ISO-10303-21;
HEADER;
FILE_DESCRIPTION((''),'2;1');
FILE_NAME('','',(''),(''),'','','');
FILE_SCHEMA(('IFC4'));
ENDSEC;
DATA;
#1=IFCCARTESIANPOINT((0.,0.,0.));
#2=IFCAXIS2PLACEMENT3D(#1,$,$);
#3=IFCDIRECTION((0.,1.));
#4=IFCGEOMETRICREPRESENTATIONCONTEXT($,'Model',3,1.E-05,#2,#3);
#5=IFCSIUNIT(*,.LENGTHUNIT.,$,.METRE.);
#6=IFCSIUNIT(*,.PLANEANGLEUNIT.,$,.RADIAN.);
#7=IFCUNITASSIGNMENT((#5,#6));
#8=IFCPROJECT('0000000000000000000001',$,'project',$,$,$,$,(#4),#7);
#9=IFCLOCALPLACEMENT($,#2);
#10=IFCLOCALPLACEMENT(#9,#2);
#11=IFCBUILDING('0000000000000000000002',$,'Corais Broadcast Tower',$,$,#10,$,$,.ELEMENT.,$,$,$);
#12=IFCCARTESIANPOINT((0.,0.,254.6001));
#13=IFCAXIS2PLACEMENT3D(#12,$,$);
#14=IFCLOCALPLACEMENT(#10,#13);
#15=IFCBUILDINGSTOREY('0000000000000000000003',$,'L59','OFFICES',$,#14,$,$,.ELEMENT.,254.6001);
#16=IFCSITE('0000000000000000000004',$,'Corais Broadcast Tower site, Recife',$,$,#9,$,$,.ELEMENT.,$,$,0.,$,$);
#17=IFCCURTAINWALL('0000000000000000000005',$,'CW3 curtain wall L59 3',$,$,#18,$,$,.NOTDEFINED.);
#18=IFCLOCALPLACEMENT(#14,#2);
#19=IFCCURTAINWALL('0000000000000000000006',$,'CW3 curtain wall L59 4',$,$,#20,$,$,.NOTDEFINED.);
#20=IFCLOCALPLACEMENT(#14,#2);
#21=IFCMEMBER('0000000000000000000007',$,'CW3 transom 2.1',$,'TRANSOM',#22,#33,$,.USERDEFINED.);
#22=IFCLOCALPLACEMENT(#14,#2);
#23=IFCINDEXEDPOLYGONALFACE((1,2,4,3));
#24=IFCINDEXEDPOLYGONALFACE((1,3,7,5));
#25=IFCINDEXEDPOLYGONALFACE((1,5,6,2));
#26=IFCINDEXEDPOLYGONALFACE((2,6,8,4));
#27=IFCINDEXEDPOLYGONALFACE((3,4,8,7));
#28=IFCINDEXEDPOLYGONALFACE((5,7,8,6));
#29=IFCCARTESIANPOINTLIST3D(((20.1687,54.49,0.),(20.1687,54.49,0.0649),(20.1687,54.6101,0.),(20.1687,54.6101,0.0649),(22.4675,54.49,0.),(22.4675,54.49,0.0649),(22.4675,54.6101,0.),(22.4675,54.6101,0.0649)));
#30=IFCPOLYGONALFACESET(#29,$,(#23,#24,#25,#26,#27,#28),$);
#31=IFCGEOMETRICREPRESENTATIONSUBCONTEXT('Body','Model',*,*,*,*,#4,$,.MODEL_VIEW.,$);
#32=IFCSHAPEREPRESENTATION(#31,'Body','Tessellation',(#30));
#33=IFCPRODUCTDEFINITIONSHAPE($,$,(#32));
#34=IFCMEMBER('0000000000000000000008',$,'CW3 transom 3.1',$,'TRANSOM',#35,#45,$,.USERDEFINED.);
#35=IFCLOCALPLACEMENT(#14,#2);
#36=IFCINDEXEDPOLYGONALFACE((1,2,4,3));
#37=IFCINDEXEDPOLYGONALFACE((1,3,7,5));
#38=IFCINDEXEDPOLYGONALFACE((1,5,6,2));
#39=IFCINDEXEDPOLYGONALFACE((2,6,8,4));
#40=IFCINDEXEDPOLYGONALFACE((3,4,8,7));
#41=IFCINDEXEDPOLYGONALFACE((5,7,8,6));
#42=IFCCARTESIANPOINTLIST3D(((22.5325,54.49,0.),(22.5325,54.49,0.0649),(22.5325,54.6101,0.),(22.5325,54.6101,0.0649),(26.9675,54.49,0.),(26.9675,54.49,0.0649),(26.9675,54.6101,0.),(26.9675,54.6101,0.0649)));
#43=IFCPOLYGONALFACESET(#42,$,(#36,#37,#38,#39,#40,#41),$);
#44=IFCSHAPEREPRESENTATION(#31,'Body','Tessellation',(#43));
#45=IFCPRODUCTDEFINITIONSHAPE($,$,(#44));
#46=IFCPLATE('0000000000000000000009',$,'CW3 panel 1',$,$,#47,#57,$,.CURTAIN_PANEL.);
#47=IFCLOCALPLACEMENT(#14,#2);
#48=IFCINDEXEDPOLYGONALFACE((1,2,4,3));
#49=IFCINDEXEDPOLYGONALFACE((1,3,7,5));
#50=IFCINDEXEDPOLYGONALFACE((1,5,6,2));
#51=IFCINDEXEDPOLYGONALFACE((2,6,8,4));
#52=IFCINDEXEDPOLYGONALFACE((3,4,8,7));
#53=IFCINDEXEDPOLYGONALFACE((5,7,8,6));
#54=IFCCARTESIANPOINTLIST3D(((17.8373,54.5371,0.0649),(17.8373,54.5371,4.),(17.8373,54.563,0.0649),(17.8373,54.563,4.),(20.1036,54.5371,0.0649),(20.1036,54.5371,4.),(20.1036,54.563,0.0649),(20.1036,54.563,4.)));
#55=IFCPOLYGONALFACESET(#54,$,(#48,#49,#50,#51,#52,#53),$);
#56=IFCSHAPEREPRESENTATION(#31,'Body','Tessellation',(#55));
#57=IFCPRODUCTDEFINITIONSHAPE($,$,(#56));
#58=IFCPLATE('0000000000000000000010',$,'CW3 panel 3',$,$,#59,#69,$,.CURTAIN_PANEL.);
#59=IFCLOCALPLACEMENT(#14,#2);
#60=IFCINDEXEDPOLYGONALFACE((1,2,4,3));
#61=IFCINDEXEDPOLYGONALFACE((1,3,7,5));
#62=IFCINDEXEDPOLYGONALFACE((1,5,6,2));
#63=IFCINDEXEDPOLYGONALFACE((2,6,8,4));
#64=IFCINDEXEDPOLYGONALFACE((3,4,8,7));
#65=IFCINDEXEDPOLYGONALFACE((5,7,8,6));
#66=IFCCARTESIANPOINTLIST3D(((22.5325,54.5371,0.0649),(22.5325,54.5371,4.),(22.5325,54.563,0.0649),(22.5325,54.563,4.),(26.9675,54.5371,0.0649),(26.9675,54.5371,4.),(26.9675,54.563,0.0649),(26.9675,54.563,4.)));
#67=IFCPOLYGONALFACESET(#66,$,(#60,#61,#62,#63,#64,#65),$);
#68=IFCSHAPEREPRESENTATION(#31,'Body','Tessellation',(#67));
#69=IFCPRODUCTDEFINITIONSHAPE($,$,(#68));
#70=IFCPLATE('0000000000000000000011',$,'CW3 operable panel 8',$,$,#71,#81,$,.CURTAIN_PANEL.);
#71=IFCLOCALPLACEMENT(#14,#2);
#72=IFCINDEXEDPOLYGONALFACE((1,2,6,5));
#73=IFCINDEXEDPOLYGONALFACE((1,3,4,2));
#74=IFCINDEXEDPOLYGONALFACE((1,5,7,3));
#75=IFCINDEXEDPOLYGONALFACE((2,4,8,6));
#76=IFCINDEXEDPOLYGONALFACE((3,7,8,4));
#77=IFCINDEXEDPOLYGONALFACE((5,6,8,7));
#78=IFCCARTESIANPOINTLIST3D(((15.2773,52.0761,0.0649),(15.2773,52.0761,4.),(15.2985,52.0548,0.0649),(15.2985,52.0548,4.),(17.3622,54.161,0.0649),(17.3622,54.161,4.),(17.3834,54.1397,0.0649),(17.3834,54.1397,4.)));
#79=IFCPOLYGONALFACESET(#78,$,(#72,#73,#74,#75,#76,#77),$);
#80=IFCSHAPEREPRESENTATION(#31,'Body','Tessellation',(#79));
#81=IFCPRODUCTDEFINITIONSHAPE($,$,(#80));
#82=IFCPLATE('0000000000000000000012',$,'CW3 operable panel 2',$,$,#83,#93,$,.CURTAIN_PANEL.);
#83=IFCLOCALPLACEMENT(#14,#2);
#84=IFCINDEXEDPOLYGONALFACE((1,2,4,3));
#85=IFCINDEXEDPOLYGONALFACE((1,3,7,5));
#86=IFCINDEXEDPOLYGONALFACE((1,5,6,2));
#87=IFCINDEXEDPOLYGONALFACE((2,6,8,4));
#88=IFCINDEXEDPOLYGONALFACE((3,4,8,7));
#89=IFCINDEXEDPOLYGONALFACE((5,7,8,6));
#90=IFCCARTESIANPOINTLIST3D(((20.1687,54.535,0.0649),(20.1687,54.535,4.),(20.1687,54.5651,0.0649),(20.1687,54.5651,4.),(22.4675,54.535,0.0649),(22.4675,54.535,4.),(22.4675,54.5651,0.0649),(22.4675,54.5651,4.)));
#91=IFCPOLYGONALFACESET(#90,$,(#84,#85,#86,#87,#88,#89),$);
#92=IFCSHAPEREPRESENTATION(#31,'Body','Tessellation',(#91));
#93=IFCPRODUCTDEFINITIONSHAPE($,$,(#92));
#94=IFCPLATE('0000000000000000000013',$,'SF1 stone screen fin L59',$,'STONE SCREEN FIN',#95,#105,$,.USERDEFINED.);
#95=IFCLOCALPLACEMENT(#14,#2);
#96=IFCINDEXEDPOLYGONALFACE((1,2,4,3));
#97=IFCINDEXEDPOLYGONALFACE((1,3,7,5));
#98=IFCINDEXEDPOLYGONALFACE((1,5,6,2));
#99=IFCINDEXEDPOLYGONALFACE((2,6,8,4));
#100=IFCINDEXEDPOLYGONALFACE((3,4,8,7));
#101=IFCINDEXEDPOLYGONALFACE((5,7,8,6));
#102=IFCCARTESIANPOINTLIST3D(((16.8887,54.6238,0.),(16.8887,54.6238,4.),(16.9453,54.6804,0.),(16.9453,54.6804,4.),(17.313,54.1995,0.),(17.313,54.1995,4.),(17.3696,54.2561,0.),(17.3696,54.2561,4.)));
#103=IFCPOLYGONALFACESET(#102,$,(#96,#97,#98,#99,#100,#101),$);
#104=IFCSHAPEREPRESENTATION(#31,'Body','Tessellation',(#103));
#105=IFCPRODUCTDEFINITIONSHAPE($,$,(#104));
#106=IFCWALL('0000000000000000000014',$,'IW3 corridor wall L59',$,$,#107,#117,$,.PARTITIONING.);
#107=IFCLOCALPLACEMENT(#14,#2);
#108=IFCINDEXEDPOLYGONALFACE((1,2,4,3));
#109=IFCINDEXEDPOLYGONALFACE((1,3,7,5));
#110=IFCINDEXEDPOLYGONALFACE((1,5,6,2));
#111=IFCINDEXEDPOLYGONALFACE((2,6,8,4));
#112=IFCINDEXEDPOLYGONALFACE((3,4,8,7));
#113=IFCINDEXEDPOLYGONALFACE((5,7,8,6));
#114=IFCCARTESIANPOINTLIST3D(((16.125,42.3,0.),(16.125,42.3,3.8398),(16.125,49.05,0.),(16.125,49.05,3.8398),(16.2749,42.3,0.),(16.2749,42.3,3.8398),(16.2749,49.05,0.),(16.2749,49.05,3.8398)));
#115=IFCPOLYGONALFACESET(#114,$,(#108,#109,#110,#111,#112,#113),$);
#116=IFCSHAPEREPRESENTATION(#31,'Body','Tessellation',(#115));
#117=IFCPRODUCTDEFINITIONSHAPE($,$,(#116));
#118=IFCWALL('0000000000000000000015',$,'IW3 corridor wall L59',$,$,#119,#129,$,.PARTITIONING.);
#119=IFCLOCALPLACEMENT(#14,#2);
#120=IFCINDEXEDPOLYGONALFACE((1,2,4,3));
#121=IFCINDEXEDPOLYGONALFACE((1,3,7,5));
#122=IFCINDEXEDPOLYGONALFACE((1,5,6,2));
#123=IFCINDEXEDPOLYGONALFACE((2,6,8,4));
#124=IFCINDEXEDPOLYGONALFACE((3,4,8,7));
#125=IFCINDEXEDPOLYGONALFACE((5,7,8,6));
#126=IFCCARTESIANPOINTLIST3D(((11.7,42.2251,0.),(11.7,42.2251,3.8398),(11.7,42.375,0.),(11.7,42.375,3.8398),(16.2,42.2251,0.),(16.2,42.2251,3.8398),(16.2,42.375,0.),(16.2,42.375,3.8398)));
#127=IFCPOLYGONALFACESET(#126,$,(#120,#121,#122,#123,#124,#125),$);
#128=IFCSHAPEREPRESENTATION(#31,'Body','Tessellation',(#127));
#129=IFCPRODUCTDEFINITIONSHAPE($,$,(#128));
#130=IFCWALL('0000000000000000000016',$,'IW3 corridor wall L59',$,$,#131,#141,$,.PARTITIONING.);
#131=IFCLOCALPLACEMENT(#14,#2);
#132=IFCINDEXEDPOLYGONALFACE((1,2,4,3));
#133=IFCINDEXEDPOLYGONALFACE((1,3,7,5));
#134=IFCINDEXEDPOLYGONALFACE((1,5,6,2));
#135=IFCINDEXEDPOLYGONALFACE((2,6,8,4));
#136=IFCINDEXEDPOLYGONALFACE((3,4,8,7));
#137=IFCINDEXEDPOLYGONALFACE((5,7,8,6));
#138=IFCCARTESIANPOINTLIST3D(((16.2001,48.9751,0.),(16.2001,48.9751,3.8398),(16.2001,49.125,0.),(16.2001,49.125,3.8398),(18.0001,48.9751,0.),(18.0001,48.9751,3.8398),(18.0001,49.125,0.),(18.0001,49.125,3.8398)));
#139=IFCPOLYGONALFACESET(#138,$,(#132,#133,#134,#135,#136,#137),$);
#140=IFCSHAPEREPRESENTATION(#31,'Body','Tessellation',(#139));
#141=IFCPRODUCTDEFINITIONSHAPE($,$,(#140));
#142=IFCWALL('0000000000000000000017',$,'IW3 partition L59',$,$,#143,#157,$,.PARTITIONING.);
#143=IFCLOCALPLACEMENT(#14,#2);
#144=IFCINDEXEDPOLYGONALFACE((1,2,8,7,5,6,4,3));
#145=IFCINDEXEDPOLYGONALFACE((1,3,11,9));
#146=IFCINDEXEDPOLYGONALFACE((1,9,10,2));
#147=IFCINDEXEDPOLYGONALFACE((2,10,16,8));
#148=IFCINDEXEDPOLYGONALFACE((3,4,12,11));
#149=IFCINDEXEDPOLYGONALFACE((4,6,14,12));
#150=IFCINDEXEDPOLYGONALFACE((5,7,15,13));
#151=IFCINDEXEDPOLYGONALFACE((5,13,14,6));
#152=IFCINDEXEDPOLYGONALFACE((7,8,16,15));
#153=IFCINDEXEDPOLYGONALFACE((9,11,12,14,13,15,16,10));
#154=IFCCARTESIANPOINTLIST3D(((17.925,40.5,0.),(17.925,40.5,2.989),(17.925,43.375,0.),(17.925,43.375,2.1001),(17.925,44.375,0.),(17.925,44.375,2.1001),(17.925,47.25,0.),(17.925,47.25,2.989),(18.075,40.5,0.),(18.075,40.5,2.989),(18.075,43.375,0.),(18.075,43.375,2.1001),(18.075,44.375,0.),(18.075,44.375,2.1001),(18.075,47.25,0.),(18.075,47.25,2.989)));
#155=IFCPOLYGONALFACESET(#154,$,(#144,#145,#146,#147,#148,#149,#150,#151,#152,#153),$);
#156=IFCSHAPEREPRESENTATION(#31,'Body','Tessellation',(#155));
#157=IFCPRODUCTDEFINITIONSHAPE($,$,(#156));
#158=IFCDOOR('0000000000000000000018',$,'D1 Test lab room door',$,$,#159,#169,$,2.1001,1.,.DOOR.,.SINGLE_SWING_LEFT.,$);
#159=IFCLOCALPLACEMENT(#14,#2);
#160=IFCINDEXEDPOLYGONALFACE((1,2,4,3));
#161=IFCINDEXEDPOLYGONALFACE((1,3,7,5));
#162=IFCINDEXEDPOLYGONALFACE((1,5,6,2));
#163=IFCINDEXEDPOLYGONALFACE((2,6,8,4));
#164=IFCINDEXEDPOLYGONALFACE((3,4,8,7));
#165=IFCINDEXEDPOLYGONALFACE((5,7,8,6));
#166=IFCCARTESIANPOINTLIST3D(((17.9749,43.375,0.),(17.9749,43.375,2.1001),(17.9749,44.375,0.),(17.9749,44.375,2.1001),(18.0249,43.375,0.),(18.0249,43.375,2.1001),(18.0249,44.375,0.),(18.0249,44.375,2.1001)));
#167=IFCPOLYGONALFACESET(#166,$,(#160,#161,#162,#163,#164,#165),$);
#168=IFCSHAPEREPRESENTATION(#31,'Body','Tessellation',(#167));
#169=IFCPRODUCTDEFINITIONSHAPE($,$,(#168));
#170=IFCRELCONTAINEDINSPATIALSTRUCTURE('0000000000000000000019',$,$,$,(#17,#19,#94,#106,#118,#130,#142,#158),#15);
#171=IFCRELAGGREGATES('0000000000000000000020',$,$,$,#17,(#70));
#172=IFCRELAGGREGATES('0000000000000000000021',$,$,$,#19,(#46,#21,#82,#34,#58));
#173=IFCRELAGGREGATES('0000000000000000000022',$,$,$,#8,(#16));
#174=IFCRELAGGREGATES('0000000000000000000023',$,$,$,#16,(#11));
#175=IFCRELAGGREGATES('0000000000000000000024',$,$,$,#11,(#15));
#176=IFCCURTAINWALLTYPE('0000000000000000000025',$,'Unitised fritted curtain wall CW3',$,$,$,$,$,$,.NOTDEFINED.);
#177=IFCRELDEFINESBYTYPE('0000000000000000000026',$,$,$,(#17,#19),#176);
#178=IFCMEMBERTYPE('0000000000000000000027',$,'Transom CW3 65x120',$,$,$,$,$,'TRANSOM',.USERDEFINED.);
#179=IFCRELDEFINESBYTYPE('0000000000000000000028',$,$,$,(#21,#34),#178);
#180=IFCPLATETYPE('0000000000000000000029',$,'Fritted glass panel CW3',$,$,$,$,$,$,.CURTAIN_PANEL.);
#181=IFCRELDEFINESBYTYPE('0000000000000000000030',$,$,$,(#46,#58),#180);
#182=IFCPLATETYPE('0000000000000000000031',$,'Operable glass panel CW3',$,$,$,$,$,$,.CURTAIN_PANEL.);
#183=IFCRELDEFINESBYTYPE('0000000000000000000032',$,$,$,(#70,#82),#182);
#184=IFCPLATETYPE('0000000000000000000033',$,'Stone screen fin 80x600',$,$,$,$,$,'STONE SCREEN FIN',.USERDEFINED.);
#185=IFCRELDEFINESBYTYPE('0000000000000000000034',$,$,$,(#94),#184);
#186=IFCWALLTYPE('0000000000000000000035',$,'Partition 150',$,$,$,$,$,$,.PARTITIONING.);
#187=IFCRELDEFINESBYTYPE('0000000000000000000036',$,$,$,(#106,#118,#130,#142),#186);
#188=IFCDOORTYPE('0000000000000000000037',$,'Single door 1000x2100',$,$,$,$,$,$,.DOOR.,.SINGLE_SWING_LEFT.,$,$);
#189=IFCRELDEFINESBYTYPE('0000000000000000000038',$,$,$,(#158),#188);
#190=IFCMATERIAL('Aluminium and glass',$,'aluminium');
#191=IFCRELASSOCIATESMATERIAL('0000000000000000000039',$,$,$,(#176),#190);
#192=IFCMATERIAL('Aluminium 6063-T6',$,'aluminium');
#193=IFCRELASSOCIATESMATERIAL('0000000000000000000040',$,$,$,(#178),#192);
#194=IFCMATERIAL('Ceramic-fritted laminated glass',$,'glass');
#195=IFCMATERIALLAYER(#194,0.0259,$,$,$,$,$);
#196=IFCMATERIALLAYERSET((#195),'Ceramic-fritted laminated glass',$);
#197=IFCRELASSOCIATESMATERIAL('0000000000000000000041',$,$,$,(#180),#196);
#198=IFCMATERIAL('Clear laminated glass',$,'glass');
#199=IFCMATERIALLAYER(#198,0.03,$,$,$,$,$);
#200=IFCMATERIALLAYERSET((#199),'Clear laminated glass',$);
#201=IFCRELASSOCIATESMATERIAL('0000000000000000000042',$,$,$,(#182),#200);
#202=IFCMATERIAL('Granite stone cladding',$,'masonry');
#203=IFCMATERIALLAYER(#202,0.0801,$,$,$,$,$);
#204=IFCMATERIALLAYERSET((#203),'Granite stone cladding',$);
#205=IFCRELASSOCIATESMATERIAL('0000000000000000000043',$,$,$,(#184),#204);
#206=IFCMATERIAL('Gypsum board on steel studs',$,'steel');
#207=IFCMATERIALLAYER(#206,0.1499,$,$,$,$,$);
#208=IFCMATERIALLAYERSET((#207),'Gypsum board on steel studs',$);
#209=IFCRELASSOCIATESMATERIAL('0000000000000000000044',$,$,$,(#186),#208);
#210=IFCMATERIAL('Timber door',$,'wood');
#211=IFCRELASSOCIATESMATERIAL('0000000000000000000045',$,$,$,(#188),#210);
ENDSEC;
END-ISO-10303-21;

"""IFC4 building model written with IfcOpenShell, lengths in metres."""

from ifc_helpers import new_model, si_unit, direction, frame, frame_2d, origin, origin_2d, place, context, subcontext, project, spatial, rectangle, extrude, material, layer, layer_set, material_profile, profile_set, type_object, element, fill, aggregate, save


model = new_model("IFC4")

# Units and contexts
model_context = context("Model", 3, precision=1e-05, world=origin(), true_north=direction((0.0, 1.0)))
body_context = subcontext(model_context, "Body", "Model", "MODEL_VIEW")
ifc_project = project(units=[si_unit("LENGTHUNIT", "METRE"), si_unit("PLANEANGLEUNIT", "RADIAN")], contexts=[model_context])

# Site, building, storey
site_placement = place(None, origin())
site = spatial("IfcSite", under=ifc_project, at=site_placement, Name="Corais Broadcast Tower site, Recife", CompositionType="ELEMENT", RefElevation=0.0)
building_placement = place(site_placement, origin())
building = spatial("IfcBuilding", under=site, at=building_placement, Name="Corais Broadcast Tower", CompositionType="ELEMENT")
storey_placement = place(building_placement, frame((0.0, 0.0, 254.6001)))
storey = spatial("IfcBuildingStorey", under=building, at=storey_placement, Name="L59", Description="OFFICES", CompositionType="ELEMENT", Elevation=254.6001)

# Curtain wall
ifc_material_1 = material(Name="Aluminium and glass", Category="aluminium")
curtain_wall_type = type_object("IfcCurtainWallType", Name="Unitised fritted curtain wall CW3", PredefinedType="NOTDEFINED", material=ifc_material_1)
curtain_wall_1_placement = place(storey_placement, origin())
curtain_wall_1 = element("IfcCurtainWall", 1, at=curtain_wall_1_placement, inside=storey, type_object=curtain_wall_type, Name="CW3 curtain wall L59 3", PredefinedType="NOTDEFINED")

# Curtain wall
curtain_wall_2_placement = place(storey_placement, origin())
curtain_wall_2 = element("IfcCurtainWall", 2, at=curtain_wall_2_placement, inside=storey, type_object=curtain_wall_type, Name="CW3 curtain wall L59 4", PredefinedType="NOTDEFINED")

# Members
ifc_material_2 = material(Name="Aluminium 6063-T6", Category="aluminium")
ifc_material_profile_1 = material_profile(ifc_material_2, rectangle(XDim=0.1201, YDim=0.0649, at=origin_2d()), Name="Transom CW3 65x120")
ifc_profile_set_1 = profile_set([ifc_material_profile_1], Name="Aluminium 6063-T6")
member_type_1 = type_object("IfcMemberType", Name="Transom CW3 65x120", ElementType="TRANSOM", PredefinedType="USERDEFINED", material=ifc_profile_set_1)
member_1_placement = place(storey_placement, frame((20.1687, 54.55, 0.0325), z_axis=(1.0, 0.0, 0.0), x_axis=(0.0, 1.0, 0.0)))
member_1 = element("IfcMember", 3, at=member_1_placement, type_object=member_type_1, Name="CW3 transom 2.1", ObjectType="TRANSOM", PredefinedType="USERDEFINED", context=body_context, shape_type="SweptSolid", body=[
    extrude(rectangle(XDim=0.1201, YDim=0.0649, at=origin_2d()), origin(), (0.0, 0.0, 1.0), 2.2988),
])
member_2_placement = place(storey_placement, frame((22.5325, 54.55, 0.0325), z_axis=(1.0, 0.0, 0.0), x_axis=(0.0, 1.0, 0.0)))
member_2 = element("IfcMember", 4, at=member_2_placement, type_object=member_type_1, Name="CW3 transom 3.1", ObjectType="TRANSOM", PredefinedType="USERDEFINED", context=body_context, shape_type="SweptSolid", body=[
    extrude(rectangle(XDim=0.1201, YDim=0.0649, at=origin_2d()), origin(), (0.0, 0.0, 1.0), 4.4351),
])

# Plates
ifc_material_3 = material(Name="Ceramic-fritted laminated glass", Category="glass")
ifc_layer_1 = layer(ifc_material_3, 0.0259)
ifc_layer_set_1 = layer_set([ifc_layer_1], Name="Ceramic-fritted laminated glass")
plate_type_1 = type_object("IfcPlateType", Name="Fritted glass panel CW3", PredefinedType="CURTAIN_PANEL", material=ifc_layer_set_1)
plate_1_placement = place(storey_placement, frame((18.9705, 54.55, 0.0649), z_axis=(0.0, 0.0, 1.0), x_axis=(1.0, 0.0, 0.0)))
plate_1 = element("IfcPlate", 5, at=plate_1_placement, type_object=plate_type_1, Name="CW3 panel 1", PredefinedType="CURTAIN_PANEL", context=body_context, shape_type="SweptSolid", body=[
    extrude(rectangle(XDim=2.2664, YDim=0.0259, at=origin_2d()), origin(), (0.0, 0.0, 1.0), 3.9351),
])
plate_2_placement = place(storey_placement, frame((24.75, 54.55, 0.0649), z_axis=(0.0, 0.0, 1.0), x_axis=(1.0, 0.0, 0.0)))
plate_2 = element("IfcPlate", 6, at=plate_2_placement, type_object=plate_type_1, Name="CW3 panel 3", PredefinedType="CURTAIN_PANEL", context=body_context, shape_type="SweptSolid", body=[
    extrude(rectangle(XDim=4.4351, YDim=0.0259, at=origin_2d()), origin(), (0.0, 0.0, 1.0), 3.9351),
])
ifc_material_4 = material(Name="Clear laminated glass", Category="glass")
ifc_layer_2 = layer(ifc_material_4, 0.03)
ifc_layer_set_2 = layer_set([ifc_layer_2], Name="Clear laminated glass")
plate_type_2 = type_object("IfcPlateType", Name="Operable glass panel CW3", PredefinedType="CURTAIN_PANEL", material=ifc_layer_set_2)
plate_3_placement = place(storey_placement, frame((16.3303, 53.1079, 0.0649), z_axis=(0.0, 0.0, 1.0), x_axis=(0.707107, 0.707107, 0.0)))
plate_3 = element("IfcPlate", 7, at=plate_3_placement, type_object=plate_type_2, Name="CW3 operable panel 8", PredefinedType="CURTAIN_PANEL", context=body_context, shape_type="SweptSolid", body=[
    extrude(rectangle(XDim=2.9485, YDim=0.03, at=origin_2d()), origin(), (0.0, 0.0, 1.0), 3.9351),
])
aggregate(curtain_wall_1, [plate_3])
plate_4_placement = place(storey_placement, frame((21.3181, 54.55, 0.0649), z_axis=(0.0, 0.0, 1.0), x_axis=(1.0, 0.0, 0.0)))
plate_4 = element("IfcPlate", 8, at=plate_4_placement, type_object=plate_type_2, Name="CW3 operable panel 2", PredefinedType="CURTAIN_PANEL", context=body_context, shape_type="SweptSolid", body=[
    extrude(rectangle(XDim=2.2988, YDim=0.03, at=origin_2d()), origin(), (0.0, 0.0, 1.0), 3.9351),
])
aggregate(curtain_wall_2, [plate_1, member_1, plate_4, member_2, plate_2])
ifc_material_5 = material(Name="Granite stone cladding", Category="masonry")
ifc_layer_3 = layer(ifc_material_5, 0.0801)
ifc_layer_set_3 = layer_set([ifc_layer_3], Name="Granite stone cladding")
plate_type_3 = type_object("IfcPlateType", Name="Stone screen fin 80x600", ElementType="STONE SCREEN FIN", PredefinedType="USERDEFINED", material=ifc_layer_set_3)
plate_5_placement = place(storey_placement, frame((17.1292, 54.4399, 0.0), z_axis=(0.0, 0.0, 1.0), x_axis=(0.707107, 0.707107, 0.0)))
element("IfcPlate", 9, at=plate_5_placement, inside=storey, type_object=plate_type_3, Name="SF1 stone screen fin L59", ObjectType="STONE SCREEN FIN", PredefinedType="USERDEFINED", context=body_context, shape_type="SweptSolid", body=[
    extrude(rectangle(XDim=0.0801, YDim=0.6001, at=origin_2d()), origin(), (0.0, 0.0, 1.0), 4.0),
])

# Walls
ifc_material_6 = material(Name="Gypsum board on steel studs", Category="steel")
ifc_layer_4 = layer(ifc_material_6, 0.1499)
ifc_layer_set_4 = layer_set([ifc_layer_4], Name="Gypsum board on steel studs")
wall_type = type_object("IfcWallType", Name="Partition 150", PredefinedType="PARTITIONING", material=ifc_layer_set_4)
wall_1_placement = place(storey_placement, frame((16.2, 49.05, 0.0), z_axis=(0.0, 0.0, 1.0), x_axis=(0.0, -1.0, 0.0)))
element("IfcWall", 10, at=wall_1_placement, inside=storey, type_object=wall_type, Name="IW3 corridor wall L59", PredefinedType="PARTITIONING", context=body_context, shape_type="SweptSolid", body=[
    extrude(rectangle(XDim=6.75, YDim=0.1499, at=frame_2d((3.375, 0.0))), origin(), (0.0, 0.0, 1.0), 3.8398),
])
wall_2_placement = place(storey_placement, frame((16.2, 42.3, 0.0), z_axis=(0.0, 0.0, 1.0), x_axis=(-1.0, 0.0, 0.0)))
element("IfcWall", 11, at=wall_2_placement, inside=storey, type_object=wall_type, Name="IW3 corridor wall L59", PredefinedType="PARTITIONING", context=body_context, shape_type="SweptSolid", body=[
    extrude(rectangle(XDim=4.5, YDim=0.1499, at=frame_2d((2.25, 0.0))), origin(), (0.0, 0.0, 1.0), 3.8398),
])
wall_3_placement = place(storey_placement, frame((18.0, 49.05, 0.0), z_axis=(0.0, 0.0, 1.0), x_axis=(-1.0, 0.0, 0.0)))
element("IfcWall", 12, at=wall_3_placement, inside=storey, type_object=wall_type, Name="IW3 corridor wall L59", PredefinedType="PARTITIONING", context=body_context, shape_type="SweptSolid", body=[
    extrude(rectangle(XDim=1.8, YDim=0.1499, at=frame_2d((0.8999, 0.0))), origin(), (0.0, 0.0, 1.0), 3.8398),
])

# Wall, opening, door
wall_4_placement = place(storey_placement, frame((18.0, 47.25, 0.0), z_axis=(0.0, 0.0, 1.0), x_axis=(0.0, -1.0, 0.0)))
wall_4 = element("IfcWall", 13, at=wall_4_placement, inside=storey, type_object=wall_type, Name="IW3 partition L59", PredefinedType="PARTITIONING", context=body_context, shape_type="SweptSolid", body=[
    extrude(rectangle(XDim=6.75, YDim=0.1499, at=frame_2d((3.375, 0.0))), origin(), (0.0, 0.0, 1.0), 2.989),
])
opening_1_placement = place(wall_4_placement, frame((2.875, 0.0, 0.0)))
opening_1 = element("IfcOpeningElement", 14, at=opening_1_placement, cuts=wall_4, PredefinedType="OPENING", context=body_context, shape_type="SweptSolid", body=[
    extrude(rectangle(XDim=1.0, YDim=2.1001, at=frame_2d((0.5, 1.05))), frame((0.0, 0.085, 0.0), z_axis=(0.0, -1.0, 0.0), x_axis=(1.0, 0.0, 0.0)), (0.0, 0.0, 1.0), 0.1699),
])
ifc_material_7 = material(Name="Timber door", Category="wood")
door_type = type_object("IfcDoorType", Name="Single door 1000x2100", OperationType="SINGLE_SWING_LEFT", PredefinedType="DOOR", material=ifc_material_7)
door_1_placement = place(opening_1_placement, origin())
door_1 = element("IfcDoor", 15, at=door_1_placement, inside=storey, type_object=door_type, Name="D1 Test lab room door", OperationType="SINGLE_SWING_LEFT", OverallHeight=2.1001, OverallWidth=1.0, PredefinedType="DOOR", context=body_context, shape_type="SweptSolid", body=[
    extrude(rectangle(XDim=1.0, YDim=2.1001, at=frame_2d((0.5, 1.05))), frame((0.0, 0.0249, 0.0), z_axis=(0.0, -1.0, 0.0), x_axis=(1.0, 0.0, 0.0)), (0.0, 0.0, 1.0), 0.05),
])
fill(opening_1, door_1)

save(model, "model.ifc")
